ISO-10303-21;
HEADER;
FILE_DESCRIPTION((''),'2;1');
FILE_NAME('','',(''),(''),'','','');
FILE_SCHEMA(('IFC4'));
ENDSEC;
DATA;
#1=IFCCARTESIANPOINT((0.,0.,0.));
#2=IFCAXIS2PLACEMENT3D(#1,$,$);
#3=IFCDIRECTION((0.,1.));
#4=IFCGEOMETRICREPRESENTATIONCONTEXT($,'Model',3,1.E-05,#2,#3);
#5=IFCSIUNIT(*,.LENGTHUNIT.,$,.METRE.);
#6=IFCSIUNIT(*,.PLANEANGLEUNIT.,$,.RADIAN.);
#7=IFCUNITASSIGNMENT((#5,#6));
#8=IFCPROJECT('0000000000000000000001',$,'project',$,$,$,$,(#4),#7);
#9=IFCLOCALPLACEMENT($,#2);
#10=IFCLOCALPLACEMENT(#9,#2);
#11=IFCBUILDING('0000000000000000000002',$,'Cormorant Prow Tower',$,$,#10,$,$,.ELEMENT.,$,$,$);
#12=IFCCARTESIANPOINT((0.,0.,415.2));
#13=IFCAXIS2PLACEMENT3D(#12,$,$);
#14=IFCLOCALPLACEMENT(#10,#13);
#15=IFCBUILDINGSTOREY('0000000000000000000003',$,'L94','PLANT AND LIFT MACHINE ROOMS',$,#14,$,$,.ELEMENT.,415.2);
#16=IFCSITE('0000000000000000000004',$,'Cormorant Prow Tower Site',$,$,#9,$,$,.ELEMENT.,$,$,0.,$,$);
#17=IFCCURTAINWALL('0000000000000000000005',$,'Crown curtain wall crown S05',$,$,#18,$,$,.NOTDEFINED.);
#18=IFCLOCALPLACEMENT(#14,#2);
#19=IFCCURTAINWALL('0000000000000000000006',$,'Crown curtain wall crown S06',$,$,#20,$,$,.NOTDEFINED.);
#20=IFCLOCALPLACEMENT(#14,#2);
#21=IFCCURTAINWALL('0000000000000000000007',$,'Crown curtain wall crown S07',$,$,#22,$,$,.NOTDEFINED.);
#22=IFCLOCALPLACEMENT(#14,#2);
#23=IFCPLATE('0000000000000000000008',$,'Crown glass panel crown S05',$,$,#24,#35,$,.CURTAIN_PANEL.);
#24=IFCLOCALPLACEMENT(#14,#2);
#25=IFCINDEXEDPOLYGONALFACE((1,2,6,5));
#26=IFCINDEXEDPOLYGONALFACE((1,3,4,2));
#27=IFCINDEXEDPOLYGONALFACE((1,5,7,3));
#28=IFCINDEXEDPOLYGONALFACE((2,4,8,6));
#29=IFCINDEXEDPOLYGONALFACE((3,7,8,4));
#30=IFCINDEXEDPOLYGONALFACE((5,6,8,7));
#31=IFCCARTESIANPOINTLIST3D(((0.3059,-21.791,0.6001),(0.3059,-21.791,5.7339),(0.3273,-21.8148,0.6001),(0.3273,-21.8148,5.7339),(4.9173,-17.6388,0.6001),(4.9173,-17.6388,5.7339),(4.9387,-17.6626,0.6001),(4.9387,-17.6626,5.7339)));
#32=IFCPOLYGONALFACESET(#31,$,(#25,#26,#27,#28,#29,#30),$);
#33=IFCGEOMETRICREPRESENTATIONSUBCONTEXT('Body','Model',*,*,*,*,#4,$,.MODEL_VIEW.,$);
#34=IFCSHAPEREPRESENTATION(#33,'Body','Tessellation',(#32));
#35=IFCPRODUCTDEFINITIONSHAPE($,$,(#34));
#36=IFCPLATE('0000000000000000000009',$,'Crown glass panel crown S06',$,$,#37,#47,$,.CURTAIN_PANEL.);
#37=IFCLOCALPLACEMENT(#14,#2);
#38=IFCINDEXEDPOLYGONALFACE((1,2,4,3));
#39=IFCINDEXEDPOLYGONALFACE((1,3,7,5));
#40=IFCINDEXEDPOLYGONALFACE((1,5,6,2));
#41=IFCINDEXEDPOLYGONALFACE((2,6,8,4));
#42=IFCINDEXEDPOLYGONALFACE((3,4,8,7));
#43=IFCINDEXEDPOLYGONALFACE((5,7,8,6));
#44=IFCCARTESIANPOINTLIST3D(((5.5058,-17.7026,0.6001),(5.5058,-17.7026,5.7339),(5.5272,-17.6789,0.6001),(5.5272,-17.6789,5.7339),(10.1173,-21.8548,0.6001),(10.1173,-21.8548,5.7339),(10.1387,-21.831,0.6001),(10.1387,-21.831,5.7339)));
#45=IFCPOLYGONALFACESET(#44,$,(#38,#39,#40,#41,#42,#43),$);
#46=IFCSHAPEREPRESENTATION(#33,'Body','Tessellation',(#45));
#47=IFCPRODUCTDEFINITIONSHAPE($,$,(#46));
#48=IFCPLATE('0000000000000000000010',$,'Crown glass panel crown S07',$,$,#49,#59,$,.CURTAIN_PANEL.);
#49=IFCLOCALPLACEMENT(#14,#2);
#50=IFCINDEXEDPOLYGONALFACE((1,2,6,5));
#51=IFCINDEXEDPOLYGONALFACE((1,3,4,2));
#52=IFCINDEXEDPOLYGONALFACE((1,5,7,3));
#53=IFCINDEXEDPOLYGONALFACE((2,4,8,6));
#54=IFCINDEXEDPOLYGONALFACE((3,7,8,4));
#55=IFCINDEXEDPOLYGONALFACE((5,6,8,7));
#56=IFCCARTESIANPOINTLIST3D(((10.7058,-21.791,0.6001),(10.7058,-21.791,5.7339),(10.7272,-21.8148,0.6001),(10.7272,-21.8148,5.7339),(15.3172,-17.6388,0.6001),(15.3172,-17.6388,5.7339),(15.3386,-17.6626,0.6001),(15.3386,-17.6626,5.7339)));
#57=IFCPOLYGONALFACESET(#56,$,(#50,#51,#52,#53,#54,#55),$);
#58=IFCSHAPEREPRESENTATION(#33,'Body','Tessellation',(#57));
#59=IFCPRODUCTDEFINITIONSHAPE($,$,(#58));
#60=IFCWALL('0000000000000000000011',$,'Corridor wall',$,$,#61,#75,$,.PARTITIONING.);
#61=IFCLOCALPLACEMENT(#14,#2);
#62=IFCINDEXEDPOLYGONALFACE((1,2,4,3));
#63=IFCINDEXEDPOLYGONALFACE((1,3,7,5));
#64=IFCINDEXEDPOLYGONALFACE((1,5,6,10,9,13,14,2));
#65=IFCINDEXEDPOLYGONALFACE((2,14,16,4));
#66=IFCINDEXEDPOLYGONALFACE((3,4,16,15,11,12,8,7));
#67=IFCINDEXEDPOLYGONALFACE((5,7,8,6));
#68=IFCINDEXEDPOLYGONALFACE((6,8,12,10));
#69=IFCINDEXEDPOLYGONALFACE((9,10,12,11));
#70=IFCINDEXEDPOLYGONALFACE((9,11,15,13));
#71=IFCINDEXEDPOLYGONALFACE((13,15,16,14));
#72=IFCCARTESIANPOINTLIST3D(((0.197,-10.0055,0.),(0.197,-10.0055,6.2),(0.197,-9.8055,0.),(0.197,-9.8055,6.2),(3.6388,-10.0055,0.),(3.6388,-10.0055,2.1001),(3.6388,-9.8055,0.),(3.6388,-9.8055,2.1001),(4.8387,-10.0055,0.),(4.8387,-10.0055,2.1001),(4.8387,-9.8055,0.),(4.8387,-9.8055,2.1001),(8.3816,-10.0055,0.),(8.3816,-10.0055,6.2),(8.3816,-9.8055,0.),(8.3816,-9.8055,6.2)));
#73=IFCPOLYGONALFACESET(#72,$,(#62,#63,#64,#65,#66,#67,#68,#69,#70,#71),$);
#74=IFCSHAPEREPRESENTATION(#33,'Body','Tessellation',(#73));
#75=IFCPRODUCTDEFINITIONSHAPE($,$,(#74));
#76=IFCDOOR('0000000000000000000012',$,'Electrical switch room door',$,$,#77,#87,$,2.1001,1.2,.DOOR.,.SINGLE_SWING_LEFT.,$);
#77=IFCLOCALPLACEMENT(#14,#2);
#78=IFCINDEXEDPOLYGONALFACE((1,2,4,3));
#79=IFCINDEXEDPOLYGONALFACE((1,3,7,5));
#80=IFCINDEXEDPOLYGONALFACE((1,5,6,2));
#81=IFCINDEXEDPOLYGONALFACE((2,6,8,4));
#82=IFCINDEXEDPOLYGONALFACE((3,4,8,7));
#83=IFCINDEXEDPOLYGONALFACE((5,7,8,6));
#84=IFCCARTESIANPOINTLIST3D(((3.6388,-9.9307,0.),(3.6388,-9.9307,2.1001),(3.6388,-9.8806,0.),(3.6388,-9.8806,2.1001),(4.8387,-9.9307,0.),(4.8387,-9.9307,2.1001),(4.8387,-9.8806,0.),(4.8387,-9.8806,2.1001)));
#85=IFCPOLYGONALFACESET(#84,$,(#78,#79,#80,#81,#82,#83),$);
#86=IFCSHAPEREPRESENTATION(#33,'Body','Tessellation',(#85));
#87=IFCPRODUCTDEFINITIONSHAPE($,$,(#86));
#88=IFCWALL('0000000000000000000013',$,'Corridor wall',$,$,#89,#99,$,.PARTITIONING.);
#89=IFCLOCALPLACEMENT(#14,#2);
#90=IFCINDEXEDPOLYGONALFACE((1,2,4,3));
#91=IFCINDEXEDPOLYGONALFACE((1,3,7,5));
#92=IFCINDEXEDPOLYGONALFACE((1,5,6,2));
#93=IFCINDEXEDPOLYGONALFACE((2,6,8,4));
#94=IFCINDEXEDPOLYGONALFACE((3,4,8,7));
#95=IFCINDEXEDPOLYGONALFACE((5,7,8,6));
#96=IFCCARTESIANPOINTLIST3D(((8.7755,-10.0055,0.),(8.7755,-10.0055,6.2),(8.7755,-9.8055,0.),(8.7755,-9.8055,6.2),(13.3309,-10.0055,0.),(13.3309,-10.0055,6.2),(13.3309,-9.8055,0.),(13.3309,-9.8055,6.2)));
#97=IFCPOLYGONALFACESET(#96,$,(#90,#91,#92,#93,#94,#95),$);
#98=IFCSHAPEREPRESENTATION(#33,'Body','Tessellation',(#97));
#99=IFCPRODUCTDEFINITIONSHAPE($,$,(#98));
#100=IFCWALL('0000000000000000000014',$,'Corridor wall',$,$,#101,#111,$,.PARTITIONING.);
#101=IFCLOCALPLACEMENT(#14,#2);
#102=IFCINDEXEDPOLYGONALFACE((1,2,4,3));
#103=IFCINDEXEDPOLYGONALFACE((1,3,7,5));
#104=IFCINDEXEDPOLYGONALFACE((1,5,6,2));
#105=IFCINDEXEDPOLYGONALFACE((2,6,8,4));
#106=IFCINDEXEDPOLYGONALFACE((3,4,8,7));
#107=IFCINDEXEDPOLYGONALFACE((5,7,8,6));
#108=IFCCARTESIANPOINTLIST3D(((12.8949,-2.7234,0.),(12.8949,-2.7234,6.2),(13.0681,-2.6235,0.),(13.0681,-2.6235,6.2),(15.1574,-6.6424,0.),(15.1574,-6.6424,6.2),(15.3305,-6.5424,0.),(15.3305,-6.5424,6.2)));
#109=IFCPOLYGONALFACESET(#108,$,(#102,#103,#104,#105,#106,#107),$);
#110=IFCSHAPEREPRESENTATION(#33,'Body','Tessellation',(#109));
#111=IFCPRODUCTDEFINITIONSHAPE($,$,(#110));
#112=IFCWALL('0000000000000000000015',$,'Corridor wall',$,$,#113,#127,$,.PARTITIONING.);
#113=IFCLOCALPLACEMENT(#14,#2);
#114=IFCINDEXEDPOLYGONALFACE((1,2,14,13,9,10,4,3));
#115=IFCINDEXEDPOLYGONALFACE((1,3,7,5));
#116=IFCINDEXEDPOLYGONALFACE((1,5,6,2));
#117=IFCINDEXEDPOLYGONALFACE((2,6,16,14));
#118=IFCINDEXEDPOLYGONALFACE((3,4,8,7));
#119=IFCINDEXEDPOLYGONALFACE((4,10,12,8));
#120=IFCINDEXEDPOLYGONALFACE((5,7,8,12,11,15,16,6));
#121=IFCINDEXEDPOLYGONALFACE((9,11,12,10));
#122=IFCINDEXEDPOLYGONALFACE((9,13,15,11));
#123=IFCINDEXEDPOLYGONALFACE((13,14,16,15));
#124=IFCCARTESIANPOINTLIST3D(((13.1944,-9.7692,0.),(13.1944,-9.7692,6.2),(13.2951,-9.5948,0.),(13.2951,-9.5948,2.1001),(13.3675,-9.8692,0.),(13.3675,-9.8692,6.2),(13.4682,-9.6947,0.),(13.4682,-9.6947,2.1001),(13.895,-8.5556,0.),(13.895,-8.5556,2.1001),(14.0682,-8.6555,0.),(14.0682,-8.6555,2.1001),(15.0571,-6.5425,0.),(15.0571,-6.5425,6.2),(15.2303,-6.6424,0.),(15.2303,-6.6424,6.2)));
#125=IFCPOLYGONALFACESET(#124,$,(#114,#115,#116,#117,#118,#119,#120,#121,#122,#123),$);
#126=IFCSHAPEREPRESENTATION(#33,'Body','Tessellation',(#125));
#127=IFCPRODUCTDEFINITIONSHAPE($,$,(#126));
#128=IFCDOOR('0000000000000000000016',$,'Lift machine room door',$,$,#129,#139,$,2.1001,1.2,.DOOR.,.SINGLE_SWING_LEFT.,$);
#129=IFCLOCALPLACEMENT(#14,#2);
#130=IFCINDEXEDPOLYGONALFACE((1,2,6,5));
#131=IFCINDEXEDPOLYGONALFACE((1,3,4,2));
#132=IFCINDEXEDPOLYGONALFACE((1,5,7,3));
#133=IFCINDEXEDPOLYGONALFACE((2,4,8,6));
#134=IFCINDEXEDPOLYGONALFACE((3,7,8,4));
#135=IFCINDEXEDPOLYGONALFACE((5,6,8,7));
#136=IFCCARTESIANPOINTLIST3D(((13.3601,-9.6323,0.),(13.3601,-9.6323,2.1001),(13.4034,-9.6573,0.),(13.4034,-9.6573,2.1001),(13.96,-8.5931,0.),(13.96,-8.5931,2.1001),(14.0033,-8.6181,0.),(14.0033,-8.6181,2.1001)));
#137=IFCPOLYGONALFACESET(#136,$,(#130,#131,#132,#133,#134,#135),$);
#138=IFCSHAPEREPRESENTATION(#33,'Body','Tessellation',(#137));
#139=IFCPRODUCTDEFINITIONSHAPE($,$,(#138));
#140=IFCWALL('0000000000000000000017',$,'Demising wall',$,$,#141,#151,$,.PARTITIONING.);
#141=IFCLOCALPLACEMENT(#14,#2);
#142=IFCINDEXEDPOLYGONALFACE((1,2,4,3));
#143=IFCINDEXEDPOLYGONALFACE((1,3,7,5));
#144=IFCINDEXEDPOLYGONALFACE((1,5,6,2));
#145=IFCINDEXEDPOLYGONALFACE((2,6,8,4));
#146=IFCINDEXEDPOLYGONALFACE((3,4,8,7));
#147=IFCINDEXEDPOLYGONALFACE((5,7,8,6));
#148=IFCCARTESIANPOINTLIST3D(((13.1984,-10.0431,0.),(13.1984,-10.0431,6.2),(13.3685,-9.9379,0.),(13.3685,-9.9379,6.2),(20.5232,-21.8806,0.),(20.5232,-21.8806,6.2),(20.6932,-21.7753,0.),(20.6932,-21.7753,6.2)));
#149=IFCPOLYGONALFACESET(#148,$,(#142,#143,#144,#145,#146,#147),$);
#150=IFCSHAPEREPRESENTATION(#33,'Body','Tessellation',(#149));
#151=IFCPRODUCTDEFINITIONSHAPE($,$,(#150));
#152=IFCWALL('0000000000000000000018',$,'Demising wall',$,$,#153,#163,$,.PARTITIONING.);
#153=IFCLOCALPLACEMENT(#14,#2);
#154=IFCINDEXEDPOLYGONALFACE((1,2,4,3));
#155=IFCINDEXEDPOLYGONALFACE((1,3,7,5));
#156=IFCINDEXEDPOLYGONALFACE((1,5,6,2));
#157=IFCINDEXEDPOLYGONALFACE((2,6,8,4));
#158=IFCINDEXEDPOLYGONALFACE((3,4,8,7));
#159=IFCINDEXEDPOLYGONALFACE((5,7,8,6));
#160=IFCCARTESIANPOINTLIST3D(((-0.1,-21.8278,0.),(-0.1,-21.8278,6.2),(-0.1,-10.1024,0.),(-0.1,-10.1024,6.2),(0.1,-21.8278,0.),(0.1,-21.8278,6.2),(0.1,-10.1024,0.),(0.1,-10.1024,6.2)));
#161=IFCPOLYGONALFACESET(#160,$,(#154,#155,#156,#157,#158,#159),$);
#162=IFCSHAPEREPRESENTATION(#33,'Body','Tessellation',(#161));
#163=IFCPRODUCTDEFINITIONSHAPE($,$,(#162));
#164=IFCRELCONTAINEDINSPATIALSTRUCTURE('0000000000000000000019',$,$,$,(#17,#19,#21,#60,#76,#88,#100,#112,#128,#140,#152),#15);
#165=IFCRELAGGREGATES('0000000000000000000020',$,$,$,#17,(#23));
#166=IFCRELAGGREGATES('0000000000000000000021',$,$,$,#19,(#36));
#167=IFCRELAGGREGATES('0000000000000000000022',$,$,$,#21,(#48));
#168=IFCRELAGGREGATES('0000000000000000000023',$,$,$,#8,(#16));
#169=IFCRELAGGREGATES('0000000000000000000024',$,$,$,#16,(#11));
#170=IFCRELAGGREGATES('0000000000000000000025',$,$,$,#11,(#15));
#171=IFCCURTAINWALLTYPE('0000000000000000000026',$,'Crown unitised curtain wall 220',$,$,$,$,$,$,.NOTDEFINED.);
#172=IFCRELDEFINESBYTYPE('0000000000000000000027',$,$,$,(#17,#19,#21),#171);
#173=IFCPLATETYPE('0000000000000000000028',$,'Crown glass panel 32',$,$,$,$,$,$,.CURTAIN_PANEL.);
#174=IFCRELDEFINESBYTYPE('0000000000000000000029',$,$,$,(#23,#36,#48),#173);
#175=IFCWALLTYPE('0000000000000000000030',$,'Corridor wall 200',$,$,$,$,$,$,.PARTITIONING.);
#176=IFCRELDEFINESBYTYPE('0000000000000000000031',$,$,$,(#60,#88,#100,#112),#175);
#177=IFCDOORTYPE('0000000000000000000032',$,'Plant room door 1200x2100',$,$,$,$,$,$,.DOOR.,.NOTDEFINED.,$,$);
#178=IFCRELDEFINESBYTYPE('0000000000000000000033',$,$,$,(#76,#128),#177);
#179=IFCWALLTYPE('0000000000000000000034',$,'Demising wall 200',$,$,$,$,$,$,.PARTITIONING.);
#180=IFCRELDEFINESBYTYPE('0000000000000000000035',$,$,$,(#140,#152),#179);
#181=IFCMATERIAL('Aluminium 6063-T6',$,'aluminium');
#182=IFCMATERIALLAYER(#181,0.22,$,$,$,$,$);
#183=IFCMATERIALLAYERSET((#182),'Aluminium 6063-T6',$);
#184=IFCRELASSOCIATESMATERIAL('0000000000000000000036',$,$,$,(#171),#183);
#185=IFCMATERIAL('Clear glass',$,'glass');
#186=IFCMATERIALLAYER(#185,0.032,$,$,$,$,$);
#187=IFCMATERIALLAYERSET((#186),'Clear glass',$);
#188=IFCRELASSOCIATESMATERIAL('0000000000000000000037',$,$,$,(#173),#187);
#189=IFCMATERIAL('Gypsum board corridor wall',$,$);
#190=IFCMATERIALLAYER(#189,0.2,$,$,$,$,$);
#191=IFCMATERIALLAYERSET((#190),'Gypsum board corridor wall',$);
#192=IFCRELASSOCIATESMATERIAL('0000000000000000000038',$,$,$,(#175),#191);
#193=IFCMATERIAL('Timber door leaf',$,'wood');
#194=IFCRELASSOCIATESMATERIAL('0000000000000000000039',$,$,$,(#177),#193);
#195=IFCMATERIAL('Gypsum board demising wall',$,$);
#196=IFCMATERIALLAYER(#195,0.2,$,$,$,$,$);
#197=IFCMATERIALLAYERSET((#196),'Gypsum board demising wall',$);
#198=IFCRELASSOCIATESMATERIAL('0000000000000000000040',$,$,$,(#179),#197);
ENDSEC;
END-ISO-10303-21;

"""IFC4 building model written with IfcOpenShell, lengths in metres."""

from ifc_helpers import new_model, si_unit, direction, frame, frame_2d, origin, origin_2d, place, context, subcontext, project, spatial, rectangle, extrude, material, layer, layer_set, type_object, element, fill, aggregate, save


model = new_model("IFC4")

# Units and contexts
model_context = context("Model", 3, precision=1e-05, world=origin(), true_north=direction((0.0, 1.0)))
body_context = subcontext(model_context, "Body", "Model", "MODEL_VIEW")
ifc_project = project(units=[si_unit("LENGTHUNIT", "METRE"), si_unit("PLANEANGLEUNIT", "RADIAN")], contexts=[model_context])

# Site, building, storey
site_placement = place(None, origin())
site = spatial("IfcSite", under=ifc_project, at=site_placement, Name="Cormorant Prow Tower Site", CompositionType="ELEMENT", RefElevation=0.0)
building_placement = place(site_placement, origin())
building = spatial("IfcBuilding", under=site, at=building_placement, Name="Cormorant Prow Tower", CompositionType="ELEMENT")
storey_placement = place(building_placement, frame((0.0, 0.0, 415.2)))
storey = spatial("IfcBuildingStorey", under=building, at=storey_placement, Name="L94", Description="PLANT AND LIFT MACHINE ROOMS", CompositionType="ELEMENT", Elevation=415.2)

# Curtain walls
ifc_material_1 = material(Name="Aluminium 6063-T6", Category="aluminium")
ifc_layer_1 = layer(ifc_material_1, 0.22)
ifc_layer_set_1 = layer_set([ifc_layer_1], Name="Aluminium 6063-T6")
curtain_wall_type = type_object("IfcCurtainWallType", Name="Crown unitised curtain wall 220", PredefinedType="NOTDEFINED", material=ifc_layer_set_1)
curtain_wall_1_placement = place(storey_placement, origin())
curtain_wall_1 = element("IfcCurtainWall", 1, at=curtain_wall_1_placement, inside=storey, type_object=curtain_wall_type, Name="Crown curtain wall crown S05", PredefinedType="NOTDEFINED")
curtain_wall_2_placement = place(storey_placement, origin())
curtain_wall_2 = element("IfcCurtainWall", 2, at=curtain_wall_2_placement, inside=storey, type_object=curtain_wall_type, Name="Crown curtain wall crown S06", PredefinedType="NOTDEFINED")
curtain_wall_3_placement = place(storey_placement, origin())
curtain_wall_3 = element("IfcCurtainWall", 3, at=curtain_wall_3_placement, inside=storey, type_object=curtain_wall_type, Name="Crown curtain wall crown S07", PredefinedType="NOTDEFINED")

# Plates
ifc_material_2 = material(Name="Clear glass", Category="glass")
ifc_layer_2 = layer(ifc_material_2, 0.032)
ifc_layer_set_2 = layer_set([ifc_layer_2], Name="Clear glass")
plate_type = type_object("IfcPlateType", Name="Crown glass panel 32", PredefinedType="CURTAIN_PANEL", material=ifc_layer_set_2)
plate_1_placement = place(storey_placement, frame((2.6223, -19.7268, 0.6001), z_axis=(0.0, 0.0, 1.0), x_axis=(0.743145, 0.669131, 0.0)))
plate_1 = element("IfcPlate", 4, at=plate_1_placement, type_object=plate_type, Name="Crown glass panel crown S05", PredefinedType="CURTAIN_PANEL", context=body_context, shape_type="SweptSolid", body=[
    extrude(rectangle(XDim=6.2053, YDim=0.032, at=origin_2d()), origin(), (0.0, 0.0, 1.0), 5.1338),
])
aggregate(curtain_wall_1, [plate_1])
plate_2_placement = place(storey_placement, frame((7.8223, -19.7668, 0.6001), z_axis=(0.0, 0.0, 1.0), x_axis=(0.743145, -0.669131, 0.0)))
plate_2 = element("IfcPlate", 5, at=plate_2_placement, type_object=plate_type, Name="Crown glass panel crown S06", PredefinedType="CURTAIN_PANEL", context=body_context, shape_type="SweptSolid", body=[
    extrude(rectangle(XDim=6.2053, YDim=0.032, at=origin_2d()), origin(), (0.0, 0.0, 1.0), 5.1338),
])
aggregate(curtain_wall_2, [plate_2])
plate_3_placement = place(storey_placement, frame((13.0222, -19.7268, 0.6001), z_axis=(0.0, 0.0, 1.0), x_axis=(0.743145, 0.669131, 0.0)))
plate_3 = element("IfcPlate", 6, at=plate_3_placement, type_object=plate_type, Name="Crown glass panel crown S07", PredefinedType="CURTAIN_PANEL", context=body_context, shape_type="SweptSolid", body=[
    extrude(rectangle(XDim=6.2053, YDim=0.032, at=origin_2d()), origin(), (0.0, 0.0, 1.0), 5.1338),
])
aggregate(curtain_wall_3, [plate_3])

# Wall, opening, door
ifc_material_3 = material(Name="Gypsum board corridor wall")
ifc_layer_3 = layer(ifc_material_3, 0.2)
ifc_layer_set_3 = layer_set([ifc_layer_3], Name="Gypsum board corridor wall")
wall_type_1 = type_object("IfcWallType", Name="Corridor wall 200", PredefinedType="PARTITIONING", material=ifc_layer_set_3)
wall_1_placement = place(storey_placement, frame((0.197, -9.9055, 0.0), z_axis=(0.0, 0.0, 1.0), x_axis=(1.0, 0.0, 0.0)))
wall_1 = element("IfcWall", 7, at=wall_1_placement, inside=storey, type_object=wall_type_1, Name="Corridor wall", PredefinedType="PARTITIONING", context=body_context, shape_type="SweptSolid", body=[
    extrude(rectangle(XDim=8.1846, YDim=0.2, at=frame_2d((4.0923, 0.0))), origin(), (0.0, 0.0, 1.0), 6.2),
])
opening_1_placement = place(wall_1_placement, frame((3.4417, 0.0, 0.0)))
opening_1 = element("IfcOpeningElement", 8, at=opening_1_placement, cuts=wall_1, PredefinedType="OPENING", context=body_context, shape_type="SweptSolid", body=[
    extrude(rectangle(XDim=1.2, YDim=2.1001, at=frame_2d((0.6001, 1.05))), frame((0.0, 0.1099, 0.0), z_axis=(0.0, -1.0, 0.0), x_axis=(1.0, 0.0, 0.0)), (0.0, 0.0, 1.0), 0.22),
])
ifc_material_4 = material(Name="Timber door leaf", Category="wood")
door_type_1 = type_object("IfcDoorType", Name="Plant room door 1200x2100", OperationType="NOTDEFINED", PredefinedType="DOOR", material=ifc_material_4)
door_1_placement = place(opening_1_placement, origin())
door_1 = element("IfcDoor", 9, at=door_1_placement, inside=storey, type_object=door_type_1, Name="Electrical switch room door", OperationType="SINGLE_SWING_LEFT", OverallHeight=2.1001, OverallWidth=1.2, PredefinedType="DOOR", context=body_context, shape_type="SweptSolid", body=[
    extrude(rectangle(XDim=1.2, YDim=2.1001, at=frame_2d((0.6001, 1.05))), frame((0.0, 0.0249, 0.0), z_axis=(0.0, -1.0, 0.0), x_axis=(1.0, 0.0, 0.0)), (0.0, 0.0, 1.0), 0.05),
])
fill(opening_1, door_1)

# Walls
wall_2_placement = place(storey_placement, frame((8.7754, -9.9055, 0.0), z_axis=(0.0, 0.0, 1.0), x_axis=(1.0, 0.0, 0.0)))
element("IfcWall", 10, at=wall_2_placement, inside=storey, type_object=wall_type_1, Name="Corridor wall", PredefinedType="PARTITIONING", context=body_context, shape_type="SweptSolid", body=[
    extrude(rectangle(XDim=4.5554, YDim=0.2, at=frame_2d((2.2778, 0.0))), origin(), (0.0, 0.0, 1.0), 6.2),
])
wall_3_placement = place(storey_placement, frame((12.9814, -2.6733, 0.0), z_axis=(0.0, 0.0, 1.0), x_axis=(0.499975, -0.86604, 0.0)))
element("IfcWall", 11, at=wall_3_placement, inside=storey, type_object=wall_type_1, Name="Corridor wall", PredefinedType="PARTITIONING", context=body_context, shape_type="SweptSolid", body=[
    extrude(rectangle(XDim=4.5251, YDim=0.2, at=frame_2d((2.2627, 0.0))), origin(), (0.0, 0.0, 1.0), 6.2),
])

# Wall, opening, door
wall_4_placement = place(storey_placement, frame((13.281, -9.8191, 0.0), z_axis=(0.0, 0.0, 1.0), x_axis=(0.499959, 0.866049, 0.0)))
wall_4 = element("IfcWall", 12, at=wall_4_placement, inside=storey, type_object=wall_type_1, Name="Corridor wall", PredefinedType="PARTITIONING", context=body_context, shape_type="SweptSolid", body=[
    extrude(rectangle(XDim=3.7258, YDim=0.2, at=frame_2d((1.8628, 0.0))), origin(), (0.0, 0.0, 1.0), 6.2),
])
opening_2_placement = place(wall_4_placement, frame((0.2012, 0.0, 0.0)))
opening_2 = element("IfcOpeningElement", 13, at=opening_2_placement, cuts=wall_4, PredefinedType="OPENING", context=body_context, shape_type="SweptSolid", body=[
    extrude(rectangle(XDim=1.2, YDim=2.1001, at=frame_2d((0.6001, 1.05))), frame((0.0, 0.1099, 0.0), z_axis=(0.0, -1.0, 0.0), x_axis=(1.0, 0.0, 0.0)), (0.0, 0.0, 1.0), 0.22),
])
door_2_placement = place(opening_2_placement, origin())
door_2 = element("IfcDoor", 14, at=door_2_placement, inside=storey, type_object=door_type_1, Name="Lift machine room door", OperationType="SINGLE_SWING_LEFT", OverallHeight=2.1001, OverallWidth=1.2, PredefinedType="DOOR", context=body_context, shape_type="SweptSolid", body=[
    extrude(rectangle(XDim=1.2, YDim=2.1001, at=frame_2d((0.6001, 1.05))), frame((0.0, 0.0249, 0.0), z_axis=(0.0, -1.0, 0.0), x_axis=(1.0, 0.0, 0.0)), (0.0, 0.0, 1.0), 0.05),
])
fill(opening_2, door_2)

# Walls
ifc_material_5 = material(Name="Gypsum board demising wall")
ifc_layer_4 = layer(ifc_material_5, 0.2)
ifc_layer_set_4 = layer_set([ifc_layer_4], Name="Gypsum board demising wall")
wall_type_2 = type_object("IfcWallType", Name="Demising wall 200", PredefinedType="PARTITIONING", material=ifc_layer_set_4)
wall_5_placement = place(storey_placement, frame((13.2834, -9.9905, 0.0), z_axis=(0.0, 0.0, 1.0), x_axis=(0.526188, -0.850368, 0.0)))
element("IfcWall", 15, at=wall_5_placement, inside=storey, type_object=wall_type_2, Name="Demising wall", PredefinedType="PARTITIONING", context=body_context, shape_type="SweptSolid", body=[
    extrude(rectangle(XDim=13.9204, YDim=0.2, at=frame_2d((6.9602, 0.0))), origin(), (0.0, 0.0, 1.0), 6.2),
])
wall_6_placement = place(storey_placement, frame((0.0, -21.8279, 0.0), z_axis=(0.0, 0.0, 1.0), x_axis=(0.0, 1.0, 0.0)))
element("IfcWall", 16, at=wall_6_placement, inside=storey, type_object=wall_type_2, Name="Demising wall", PredefinedType="PARTITIONING", context=body_context, shape_type="SweptSolid", body=[
    extrude(rectangle(XDim=11.7253, YDim=0.2, at=frame_2d((5.8628, 0.0))), origin(), (0.0, 0.0, 1.0), 6.2),
])

save(model, "model.ifc")
